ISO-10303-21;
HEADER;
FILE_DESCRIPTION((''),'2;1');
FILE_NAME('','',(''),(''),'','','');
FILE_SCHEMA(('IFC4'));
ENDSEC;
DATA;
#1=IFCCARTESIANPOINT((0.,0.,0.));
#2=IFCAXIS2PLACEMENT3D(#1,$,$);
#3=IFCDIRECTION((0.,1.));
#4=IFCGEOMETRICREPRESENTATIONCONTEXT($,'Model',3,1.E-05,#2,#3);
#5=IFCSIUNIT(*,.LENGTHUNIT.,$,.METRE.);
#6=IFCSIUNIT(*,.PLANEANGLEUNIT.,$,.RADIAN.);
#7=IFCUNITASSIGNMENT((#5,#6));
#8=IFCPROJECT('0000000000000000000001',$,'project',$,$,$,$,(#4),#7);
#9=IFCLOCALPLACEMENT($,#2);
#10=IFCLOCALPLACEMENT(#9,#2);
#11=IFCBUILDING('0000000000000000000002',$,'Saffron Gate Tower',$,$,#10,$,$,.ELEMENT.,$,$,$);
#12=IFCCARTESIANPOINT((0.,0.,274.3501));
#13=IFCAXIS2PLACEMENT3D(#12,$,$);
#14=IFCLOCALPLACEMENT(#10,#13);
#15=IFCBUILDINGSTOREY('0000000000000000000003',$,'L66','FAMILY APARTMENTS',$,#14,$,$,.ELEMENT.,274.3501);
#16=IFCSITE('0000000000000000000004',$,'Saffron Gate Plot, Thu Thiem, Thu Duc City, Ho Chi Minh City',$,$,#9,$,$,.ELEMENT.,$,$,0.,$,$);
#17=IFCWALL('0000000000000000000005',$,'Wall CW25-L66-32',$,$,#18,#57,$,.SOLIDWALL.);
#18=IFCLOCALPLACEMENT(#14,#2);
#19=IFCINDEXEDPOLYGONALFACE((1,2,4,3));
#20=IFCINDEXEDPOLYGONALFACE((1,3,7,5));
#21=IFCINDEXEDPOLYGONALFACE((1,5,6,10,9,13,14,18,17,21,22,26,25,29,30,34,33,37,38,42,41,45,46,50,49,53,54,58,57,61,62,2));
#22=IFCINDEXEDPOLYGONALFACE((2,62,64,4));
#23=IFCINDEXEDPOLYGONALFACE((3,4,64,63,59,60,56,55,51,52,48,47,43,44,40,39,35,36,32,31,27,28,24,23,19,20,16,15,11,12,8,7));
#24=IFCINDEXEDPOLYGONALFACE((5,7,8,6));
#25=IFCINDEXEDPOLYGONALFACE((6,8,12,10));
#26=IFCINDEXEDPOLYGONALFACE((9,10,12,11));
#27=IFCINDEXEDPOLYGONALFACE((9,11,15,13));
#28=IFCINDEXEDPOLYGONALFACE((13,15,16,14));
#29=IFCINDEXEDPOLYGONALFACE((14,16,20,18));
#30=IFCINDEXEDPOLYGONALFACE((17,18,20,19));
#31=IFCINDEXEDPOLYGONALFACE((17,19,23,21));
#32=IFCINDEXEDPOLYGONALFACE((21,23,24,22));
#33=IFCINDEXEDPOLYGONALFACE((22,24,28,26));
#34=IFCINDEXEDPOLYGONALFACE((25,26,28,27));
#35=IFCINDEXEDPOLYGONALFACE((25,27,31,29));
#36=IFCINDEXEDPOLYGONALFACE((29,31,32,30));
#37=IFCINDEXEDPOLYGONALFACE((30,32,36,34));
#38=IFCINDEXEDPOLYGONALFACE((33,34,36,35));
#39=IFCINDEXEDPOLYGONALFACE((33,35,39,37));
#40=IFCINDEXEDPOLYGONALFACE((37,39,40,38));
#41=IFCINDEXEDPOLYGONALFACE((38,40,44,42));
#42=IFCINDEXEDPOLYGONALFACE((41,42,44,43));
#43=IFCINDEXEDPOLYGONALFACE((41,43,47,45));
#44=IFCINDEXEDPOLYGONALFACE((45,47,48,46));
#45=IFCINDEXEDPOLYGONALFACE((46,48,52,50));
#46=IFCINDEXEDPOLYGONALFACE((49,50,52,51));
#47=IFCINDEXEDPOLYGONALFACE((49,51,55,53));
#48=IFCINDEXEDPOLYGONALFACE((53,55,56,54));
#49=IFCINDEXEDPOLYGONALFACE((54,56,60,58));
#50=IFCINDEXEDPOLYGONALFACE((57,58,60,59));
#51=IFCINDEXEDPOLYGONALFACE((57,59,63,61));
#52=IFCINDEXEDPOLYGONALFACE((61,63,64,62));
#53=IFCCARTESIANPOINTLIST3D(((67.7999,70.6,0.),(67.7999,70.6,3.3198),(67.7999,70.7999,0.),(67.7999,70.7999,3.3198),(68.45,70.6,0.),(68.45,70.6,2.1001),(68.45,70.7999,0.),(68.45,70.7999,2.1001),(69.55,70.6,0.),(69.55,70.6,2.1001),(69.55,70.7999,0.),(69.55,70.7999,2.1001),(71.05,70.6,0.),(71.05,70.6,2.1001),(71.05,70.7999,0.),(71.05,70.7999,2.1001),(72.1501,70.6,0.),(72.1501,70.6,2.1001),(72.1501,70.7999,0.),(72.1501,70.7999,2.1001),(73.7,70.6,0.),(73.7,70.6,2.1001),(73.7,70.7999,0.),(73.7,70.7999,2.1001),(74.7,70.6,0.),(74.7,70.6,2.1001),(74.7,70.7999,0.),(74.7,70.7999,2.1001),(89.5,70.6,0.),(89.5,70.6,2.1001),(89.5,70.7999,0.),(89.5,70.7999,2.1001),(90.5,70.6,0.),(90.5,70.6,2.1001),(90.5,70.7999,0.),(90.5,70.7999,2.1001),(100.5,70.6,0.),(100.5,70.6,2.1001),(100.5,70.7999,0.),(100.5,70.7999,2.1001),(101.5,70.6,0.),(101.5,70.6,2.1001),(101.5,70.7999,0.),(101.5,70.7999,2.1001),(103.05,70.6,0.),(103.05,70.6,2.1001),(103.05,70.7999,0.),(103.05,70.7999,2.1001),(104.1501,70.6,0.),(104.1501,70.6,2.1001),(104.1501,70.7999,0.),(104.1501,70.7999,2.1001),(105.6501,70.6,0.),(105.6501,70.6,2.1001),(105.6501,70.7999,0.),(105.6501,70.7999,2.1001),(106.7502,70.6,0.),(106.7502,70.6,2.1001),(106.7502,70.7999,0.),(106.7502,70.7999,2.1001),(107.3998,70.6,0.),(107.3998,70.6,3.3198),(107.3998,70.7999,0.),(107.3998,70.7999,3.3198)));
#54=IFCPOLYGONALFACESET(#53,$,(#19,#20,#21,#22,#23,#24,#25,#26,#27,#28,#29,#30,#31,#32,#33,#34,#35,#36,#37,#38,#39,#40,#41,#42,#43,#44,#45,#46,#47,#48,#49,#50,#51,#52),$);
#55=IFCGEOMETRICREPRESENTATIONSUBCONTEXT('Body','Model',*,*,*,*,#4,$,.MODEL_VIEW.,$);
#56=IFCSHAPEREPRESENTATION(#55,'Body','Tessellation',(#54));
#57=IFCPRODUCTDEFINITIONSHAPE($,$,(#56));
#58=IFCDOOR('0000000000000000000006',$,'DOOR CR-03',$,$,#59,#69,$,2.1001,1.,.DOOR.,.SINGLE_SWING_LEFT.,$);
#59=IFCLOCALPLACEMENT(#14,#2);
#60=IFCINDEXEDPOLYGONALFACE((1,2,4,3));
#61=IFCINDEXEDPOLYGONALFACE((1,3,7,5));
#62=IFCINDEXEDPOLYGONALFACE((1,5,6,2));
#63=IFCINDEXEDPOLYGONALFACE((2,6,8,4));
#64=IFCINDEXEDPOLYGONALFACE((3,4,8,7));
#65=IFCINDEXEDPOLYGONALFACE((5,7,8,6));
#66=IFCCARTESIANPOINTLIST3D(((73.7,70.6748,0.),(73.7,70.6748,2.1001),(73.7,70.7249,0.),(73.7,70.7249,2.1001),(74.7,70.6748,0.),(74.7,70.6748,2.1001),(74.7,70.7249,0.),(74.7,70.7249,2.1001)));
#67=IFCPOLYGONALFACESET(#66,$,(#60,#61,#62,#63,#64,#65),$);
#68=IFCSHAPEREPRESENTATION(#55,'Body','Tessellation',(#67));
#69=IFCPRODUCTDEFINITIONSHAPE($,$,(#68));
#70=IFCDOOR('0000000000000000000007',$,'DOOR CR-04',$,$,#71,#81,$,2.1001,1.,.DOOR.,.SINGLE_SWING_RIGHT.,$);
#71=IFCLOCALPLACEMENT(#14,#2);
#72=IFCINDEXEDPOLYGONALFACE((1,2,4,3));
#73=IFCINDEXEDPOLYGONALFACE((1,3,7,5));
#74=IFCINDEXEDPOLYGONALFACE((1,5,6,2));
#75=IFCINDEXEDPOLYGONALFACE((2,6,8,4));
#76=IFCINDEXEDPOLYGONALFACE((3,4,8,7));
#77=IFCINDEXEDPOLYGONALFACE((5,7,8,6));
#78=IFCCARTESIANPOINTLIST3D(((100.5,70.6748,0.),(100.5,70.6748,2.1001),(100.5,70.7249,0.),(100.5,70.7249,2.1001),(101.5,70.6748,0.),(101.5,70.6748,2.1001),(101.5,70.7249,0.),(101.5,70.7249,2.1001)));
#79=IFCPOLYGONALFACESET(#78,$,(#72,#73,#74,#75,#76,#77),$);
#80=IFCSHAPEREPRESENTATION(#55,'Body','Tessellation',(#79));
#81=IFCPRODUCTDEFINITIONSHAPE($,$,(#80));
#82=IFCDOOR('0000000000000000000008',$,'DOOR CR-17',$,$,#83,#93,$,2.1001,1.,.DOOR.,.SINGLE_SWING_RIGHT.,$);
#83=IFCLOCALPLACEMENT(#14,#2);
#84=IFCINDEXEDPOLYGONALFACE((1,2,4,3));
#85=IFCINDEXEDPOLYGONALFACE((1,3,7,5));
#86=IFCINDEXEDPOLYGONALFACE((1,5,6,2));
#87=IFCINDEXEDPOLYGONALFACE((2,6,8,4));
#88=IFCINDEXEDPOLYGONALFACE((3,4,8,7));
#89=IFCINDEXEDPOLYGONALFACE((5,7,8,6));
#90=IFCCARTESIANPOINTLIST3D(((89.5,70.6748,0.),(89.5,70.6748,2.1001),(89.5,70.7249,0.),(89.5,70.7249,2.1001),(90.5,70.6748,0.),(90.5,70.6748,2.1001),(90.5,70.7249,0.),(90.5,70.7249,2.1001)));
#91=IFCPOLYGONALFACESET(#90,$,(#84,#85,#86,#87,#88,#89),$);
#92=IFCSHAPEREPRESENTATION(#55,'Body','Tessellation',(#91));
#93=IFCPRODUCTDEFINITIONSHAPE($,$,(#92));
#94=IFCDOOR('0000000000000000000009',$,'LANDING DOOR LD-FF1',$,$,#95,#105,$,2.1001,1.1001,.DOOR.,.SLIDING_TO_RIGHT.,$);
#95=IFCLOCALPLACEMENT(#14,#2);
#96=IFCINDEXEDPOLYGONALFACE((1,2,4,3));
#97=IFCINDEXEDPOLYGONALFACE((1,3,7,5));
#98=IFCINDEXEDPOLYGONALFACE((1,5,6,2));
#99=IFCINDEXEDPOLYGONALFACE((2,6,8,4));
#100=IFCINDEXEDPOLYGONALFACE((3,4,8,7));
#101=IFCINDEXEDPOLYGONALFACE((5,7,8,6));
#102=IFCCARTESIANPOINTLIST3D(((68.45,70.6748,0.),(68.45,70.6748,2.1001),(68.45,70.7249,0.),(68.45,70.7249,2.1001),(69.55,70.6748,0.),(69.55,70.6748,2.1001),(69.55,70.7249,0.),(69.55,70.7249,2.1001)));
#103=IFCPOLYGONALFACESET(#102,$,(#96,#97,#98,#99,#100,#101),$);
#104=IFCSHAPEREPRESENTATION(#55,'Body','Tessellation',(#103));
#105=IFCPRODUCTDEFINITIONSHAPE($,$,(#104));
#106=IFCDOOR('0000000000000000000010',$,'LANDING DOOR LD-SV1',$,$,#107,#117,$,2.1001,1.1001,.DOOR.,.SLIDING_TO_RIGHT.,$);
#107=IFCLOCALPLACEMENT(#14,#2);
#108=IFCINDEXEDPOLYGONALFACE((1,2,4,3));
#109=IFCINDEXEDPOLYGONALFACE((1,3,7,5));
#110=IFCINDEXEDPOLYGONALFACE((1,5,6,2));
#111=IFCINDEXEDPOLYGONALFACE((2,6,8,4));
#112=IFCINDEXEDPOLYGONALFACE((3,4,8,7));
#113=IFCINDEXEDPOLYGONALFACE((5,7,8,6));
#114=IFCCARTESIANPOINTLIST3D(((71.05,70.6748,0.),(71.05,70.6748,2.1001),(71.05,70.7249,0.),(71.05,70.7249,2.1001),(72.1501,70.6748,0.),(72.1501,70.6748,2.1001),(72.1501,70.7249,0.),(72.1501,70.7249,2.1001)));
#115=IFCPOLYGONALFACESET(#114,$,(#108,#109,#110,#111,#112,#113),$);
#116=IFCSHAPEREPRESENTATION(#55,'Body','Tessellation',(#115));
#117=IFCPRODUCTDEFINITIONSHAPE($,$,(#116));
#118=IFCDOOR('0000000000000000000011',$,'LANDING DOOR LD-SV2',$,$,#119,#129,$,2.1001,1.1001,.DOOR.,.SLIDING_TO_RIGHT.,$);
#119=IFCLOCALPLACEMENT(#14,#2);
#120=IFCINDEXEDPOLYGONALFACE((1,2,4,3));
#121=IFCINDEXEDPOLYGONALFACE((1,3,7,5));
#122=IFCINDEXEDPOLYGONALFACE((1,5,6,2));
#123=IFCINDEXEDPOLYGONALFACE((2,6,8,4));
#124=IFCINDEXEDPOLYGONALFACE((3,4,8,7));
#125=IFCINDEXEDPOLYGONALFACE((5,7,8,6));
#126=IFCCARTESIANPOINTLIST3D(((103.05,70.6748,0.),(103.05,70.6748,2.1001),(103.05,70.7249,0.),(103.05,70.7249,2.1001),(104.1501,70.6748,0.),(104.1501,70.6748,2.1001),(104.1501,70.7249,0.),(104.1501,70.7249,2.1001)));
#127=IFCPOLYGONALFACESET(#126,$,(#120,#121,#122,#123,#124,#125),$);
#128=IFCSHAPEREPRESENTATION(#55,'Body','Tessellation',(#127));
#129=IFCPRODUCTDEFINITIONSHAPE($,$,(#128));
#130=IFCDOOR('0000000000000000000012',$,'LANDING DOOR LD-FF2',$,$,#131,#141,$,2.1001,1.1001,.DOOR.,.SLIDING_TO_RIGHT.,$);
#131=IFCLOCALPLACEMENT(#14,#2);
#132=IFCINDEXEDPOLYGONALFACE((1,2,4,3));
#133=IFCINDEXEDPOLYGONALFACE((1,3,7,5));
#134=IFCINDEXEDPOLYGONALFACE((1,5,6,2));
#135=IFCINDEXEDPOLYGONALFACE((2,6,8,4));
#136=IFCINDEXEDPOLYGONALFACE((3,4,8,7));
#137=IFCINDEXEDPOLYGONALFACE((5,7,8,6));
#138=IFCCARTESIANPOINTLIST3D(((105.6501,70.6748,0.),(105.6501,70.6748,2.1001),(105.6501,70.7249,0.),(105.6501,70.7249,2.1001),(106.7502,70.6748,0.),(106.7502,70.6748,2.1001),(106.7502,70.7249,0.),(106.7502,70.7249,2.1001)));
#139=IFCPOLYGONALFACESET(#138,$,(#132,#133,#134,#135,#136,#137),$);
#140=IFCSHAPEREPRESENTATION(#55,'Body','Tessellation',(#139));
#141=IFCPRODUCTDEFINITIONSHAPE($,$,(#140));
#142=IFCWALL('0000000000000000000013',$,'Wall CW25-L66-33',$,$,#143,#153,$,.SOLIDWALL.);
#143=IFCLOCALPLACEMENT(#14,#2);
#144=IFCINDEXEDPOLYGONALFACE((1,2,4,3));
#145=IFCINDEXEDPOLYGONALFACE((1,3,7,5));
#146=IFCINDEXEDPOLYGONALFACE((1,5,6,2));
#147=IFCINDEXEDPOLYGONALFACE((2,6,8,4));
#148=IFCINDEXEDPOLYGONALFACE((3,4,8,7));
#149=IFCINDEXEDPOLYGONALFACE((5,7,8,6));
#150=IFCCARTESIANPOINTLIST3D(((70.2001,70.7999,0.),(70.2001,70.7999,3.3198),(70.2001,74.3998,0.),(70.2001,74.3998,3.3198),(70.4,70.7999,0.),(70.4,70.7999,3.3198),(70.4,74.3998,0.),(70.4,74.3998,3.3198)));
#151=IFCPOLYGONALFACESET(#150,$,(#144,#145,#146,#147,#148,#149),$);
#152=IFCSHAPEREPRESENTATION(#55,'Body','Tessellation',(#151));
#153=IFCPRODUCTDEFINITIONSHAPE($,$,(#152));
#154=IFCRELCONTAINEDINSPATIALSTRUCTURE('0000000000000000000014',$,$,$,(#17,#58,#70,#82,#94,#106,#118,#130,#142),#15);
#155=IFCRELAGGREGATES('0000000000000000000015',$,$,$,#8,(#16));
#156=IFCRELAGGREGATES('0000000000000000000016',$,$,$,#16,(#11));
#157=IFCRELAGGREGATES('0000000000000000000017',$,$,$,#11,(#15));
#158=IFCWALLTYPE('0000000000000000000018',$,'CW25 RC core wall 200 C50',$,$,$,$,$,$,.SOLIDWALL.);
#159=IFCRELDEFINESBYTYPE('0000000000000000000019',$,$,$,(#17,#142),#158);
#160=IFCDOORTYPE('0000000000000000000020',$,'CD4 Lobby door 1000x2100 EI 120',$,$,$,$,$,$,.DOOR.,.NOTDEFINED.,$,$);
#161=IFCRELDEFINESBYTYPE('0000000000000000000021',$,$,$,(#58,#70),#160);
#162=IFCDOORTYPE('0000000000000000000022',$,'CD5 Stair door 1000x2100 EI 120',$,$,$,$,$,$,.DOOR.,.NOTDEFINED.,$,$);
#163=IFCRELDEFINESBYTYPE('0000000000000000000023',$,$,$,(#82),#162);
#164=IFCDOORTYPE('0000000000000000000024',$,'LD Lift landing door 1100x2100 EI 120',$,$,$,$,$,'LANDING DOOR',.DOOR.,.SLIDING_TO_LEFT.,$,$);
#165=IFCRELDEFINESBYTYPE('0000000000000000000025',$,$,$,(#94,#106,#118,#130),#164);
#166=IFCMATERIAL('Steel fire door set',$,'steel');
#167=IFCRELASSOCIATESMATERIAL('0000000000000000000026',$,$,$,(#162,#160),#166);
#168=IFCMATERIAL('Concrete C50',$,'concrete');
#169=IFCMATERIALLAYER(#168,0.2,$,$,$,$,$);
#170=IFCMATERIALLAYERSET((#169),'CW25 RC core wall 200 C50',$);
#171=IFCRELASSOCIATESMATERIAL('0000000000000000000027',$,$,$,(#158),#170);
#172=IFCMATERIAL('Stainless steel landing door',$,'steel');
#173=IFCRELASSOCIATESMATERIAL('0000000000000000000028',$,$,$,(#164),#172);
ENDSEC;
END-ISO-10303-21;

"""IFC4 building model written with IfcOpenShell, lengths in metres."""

from ifc_helpers import new_model, si_unit, direction, frame, frame_2d, origin, place, context, subcontext, project, spatial, rectangle, extrude, material, layer, layer_set, type_object, element, fill, save


model = new_model("IFC4")

# Units and contexts
model_context = context("Model", 3, precision=1e-05, world=origin(), true_north=direction((0.0, 1.0)))
body_context = subcontext(model_context, "Body", "Model", "MODEL_VIEW")
ifc_project = project(units=[si_unit("LENGTHUNIT", "METRE"), si_unit("PLANEANGLEUNIT", "RADIAN")], contexts=[model_context])

# Site, building, storey
site_placement = place(None, origin())
site = spatial("IfcSite", under=ifc_project, at=site_placement, Name="Saffron Gate Plot, Thu Thiem, Thu Duc City, Ho Chi Minh City", CompositionType="ELEMENT", RefElevation=0.0)
building_placement = place(site_placement, origin())
building = spatial("IfcBuilding", under=site, at=building_placement, Name="Saffron Gate Tower", CompositionType="ELEMENT")
storey_placement = place(building_placement, frame((0.0, 0.0, 274.3501)))
storey = spatial("IfcBuildingStorey", under=building, at=storey_placement, Name="L66", Description="FAMILY APARTMENTS", CompositionType="ELEMENT", Elevation=274.3501)

# Shared definitions
ifc_material_1 = material(Name="Concrete C50", Category="concrete")

# Wall, openings, doors
ifc_material_2 = material(Name="Steel fire door set", Category="steel")
door_type_1 = type_object("IfcDoorType", Name="CD5 Stair door 1000x2100 EI 120", OperationType="NOTDEFINED", PredefinedType="DOOR", material=ifc_material_2)
ifc_layer_1 = layer(ifc_material_1, 0.2)
ifc_layer_set_1 = layer_set([ifc_layer_1], Name="CW25 RC core wall 200 C50")
wall_type_1 = type_object("IfcWallType", Name="CW25 RC core wall 200 C50", PredefinedType="SOLIDWALL", material=ifc_layer_set_1)
wall_1_placement = place(storey_placement, frame((67.8, 70.7, 0.0), z_axis=(0.0, 0.0, 1.0), x_axis=(1.0, 0.0, 0.0)))
wall_1 = element("IfcWall", 1, at=wall_1_placement, inside=storey, type_object=wall_type_1, Name="Wall CW25-L66-32", PredefinedType="SOLIDWALL", context=body_context, shape_type="SweptSolid", body=[
    extrude(rectangle(XDim=39.5999, YDim=0.2, at=frame_2d((19.7998, 0.0))), origin(), (0.0, 0.0, 1.0), 3.3198),
])
opening_1_placement = place(wall_1_placement, frame((0.6499, 0.0, 0.0)))
opening_1 = element("IfcOpeningElement", 2, at=opening_1_placement, cuts=wall_1, PredefinedType="OPENING", context=body_context, shape_type="SweptSolid", body=[
    extrude(rectangle(XDim=1.1001, YDim=2.1001, at=frame_2d((0.55, 1.05))), frame((0.0, 0.1099, 0.0), z_axis=(0.0, -1.0, 0.0), x_axis=(1.0, 0.0, 0.0)), (0.0, 0.0, 1.0), 0.22),
])
opening_2_placement = place(wall_1_placement, frame((3.25, 0.0, 0.0)))
opening_2 = element("IfcOpeningElement", 3, at=opening_2_placement, cuts=wall_1, PredefinedType="OPENING", context=body_context, shape_type="SweptSolid", body=[
    extrude(rectangle(XDim=1.1001, YDim=2.1001, at=frame_2d((0.55, 1.05))), frame((0.0, 0.1099, 0.0), z_axis=(0.0, -1.0, 0.0), x_axis=(1.0, 0.0, 0.0)), (0.0, 0.0, 1.0), 0.22),
])
opening_3_placement = place(wall_1_placement, frame((5.8999, 0.0, 0.0)))
opening_3 = element("IfcOpeningElement", 4, at=opening_3_placement, cuts=wall_1, PredefinedType="OPENING", context=body_context, shape_type="SweptSolid", body=[
    extrude(rectangle(XDim=1.0, YDim=2.1001, at=frame_2d((0.5, 1.05))), frame((0.0, 0.1099, 0.0), z_axis=(0.0, -1.0, 0.0), x_axis=(1.0, 0.0, 0.0)), (0.0, 0.0, 1.0), 0.22),
])
opening_4_placement = place(wall_1_placement, frame((21.7, 0.0, 0.0)))
opening_4 = element("IfcOpeningElement", 5, at=opening_4_placement, cuts=wall_1, PredefinedType="OPENING", context=body_context, shape_type="SweptSolid", body=[
    extrude(rectangle(XDim=1.0, YDim=2.1001, at=frame_2d((0.5, 1.05))), frame((0.0, 0.1099, 0.0), z_axis=(0.0, -1.0, 0.0), x_axis=(1.0, 0.0, 0.0)), (0.0, 0.0, 1.0), 0.22),
])
opening_5_placement = place(wall_1_placement, frame((32.7, 0.0, 0.0)))
opening_5 = element("IfcOpeningElement", 6, at=opening_5_placement, cuts=wall_1, PredefinedType="OPENING", context=body_context, shape_type="SweptSolid", body=[
    extrude(rectangle(XDim=1.0, YDim=2.1001, at=frame_2d((0.5, 1.05))), frame((0.0, 0.1099, 0.0), z_axis=(0.0, -1.0, 0.0), x_axis=(1.0, 0.0, 0.0)), (0.0, 0.0, 1.0), 0.22),
])
opening_6_placement = place(wall_1_placement, frame((35.25, 0.0, 0.0)))
opening_6 = element("IfcOpeningElement", 7, at=opening_6_placement, cuts=wall_1, PredefinedType="OPENING", context=body_context, shape_type="SweptSolid", body=[
    extrude(rectangle(XDim=1.1001, YDim=2.1001, at=frame_2d((0.55, 1.05))), frame((0.0, 0.1099, 0.0), z_axis=(0.0, -1.0, 0.0), x_axis=(1.0, 0.0, 0.0)), (0.0, 0.0, 1.0), 0.22),
])
opening_7_placement = place(wall_1_placement, frame((37.8501, 0.0, 0.0)))
opening_7 = element("IfcOpeningElement", 8, at=opening_7_placement, cuts=wall_1, PredefinedType="OPENING", context=body_context, shape_type="SweptSolid", body=[
    extrude(rectangle(XDim=1.1001, YDim=2.1001, at=frame_2d((0.55, 1.05))), frame((0.0, 0.1099, 0.0), z_axis=(0.0, -1.0, 0.0), x_axis=(1.0, 0.0, 0.0)), (0.0, 0.0, 1.0), 0.22),
])
door_type_2 = type_object("IfcDoorType", Name="CD4 Lobby door 1000x2100 EI 120", OperationType="NOTDEFINED", PredefinedType="DOOR", material=ifc_material_2)
door_1_placement = place(opening_3_placement, origin())
door_1 = element("IfcDoor", 9, at=door_1_placement, inside=storey, type_object=door_type_2, Name="DOOR CR-03", OperationType="SINGLE_SWING_LEFT", OverallHeight=2.1001, OverallWidth=1.0, PredefinedType="DOOR", context=body_context, shape_type="SweptSolid", body=[
    extrude(rectangle(XDim=1.0, YDim=2.1001, at=frame_2d((0.5, 1.05))), frame((0.0, 0.0249, 0.0), z_axis=(0.0, -1.0, 0.0), x_axis=(1.0, 0.0, 0.0)), (0.0, 0.0, 1.0), 0.05),
])
fill(opening_3, door_1)
door_2_placement = place(opening_5_placement, origin())
door_2 = element("IfcDoor", 10, at=door_2_placement, inside=storey, type_object=door_type_2, Name="DOOR CR-04", OperationType="SINGLE_SWING_RIGHT", OverallHeight=2.1001, OverallWidth=1.0, PredefinedType="DOOR", context=body_context, shape_type="SweptSolid", body=[
    extrude(rectangle(XDim=1.0, YDim=2.1001, at=frame_2d((0.5, 1.05))), frame((0.0, 0.0249, 0.0), z_axis=(0.0, -1.0, 0.0), x_axis=(1.0, 0.0, 0.0)), (0.0, 0.0, 1.0), 0.05),
])
fill(opening_5, door_2)
door_3_placement = place(opening_4_placement, origin())
door_3 = element("IfcDoor", 11, at=door_3_placement, inside=storey, type_object=door_type_1, Name="DOOR CR-17", OperationType="SINGLE_SWING_RIGHT", OverallHeight=2.1001, OverallWidth=1.0, PredefinedType="DOOR", context=body_context, shape_type="SweptSolid", body=[
    extrude(rectangle(XDim=1.0, YDim=2.1001, at=frame_2d((0.5, 1.05))), frame((0.0, 0.0249, 0.0), z_axis=(0.0, -1.0, 0.0), x_axis=(1.0, 0.0, 0.0)), (0.0, 0.0, 1.0), 0.05),
])
fill(opening_4, door_3)
ifc_material_3 = material(Name="Stainless steel landing door", Category="steel")
door_type_3 = type_object("IfcDoorType", Name="LD Lift landing door 1100x2100 EI 120", ElementType="LANDING DOOR", OperationType="SLIDING_TO_LEFT", PredefinedType="DOOR", material=ifc_material_3)
door_4_placement = place(opening_1_placement, origin())
door_4 = element("IfcDoor", 12, at=door_4_placement, inside=storey, type_object=door_type_3, Name="LANDING DOOR LD-FF1", OperationType="SLIDING_TO_RIGHT", OverallHeight=2.1001, OverallWidth=1.1001, PredefinedType="DOOR", context=body_context, shape_type="SweptSolid", body=[
    extrude(rectangle(XDim=1.1001, YDim=2.1001, at=frame_2d((0.55, 1.05))), frame((0.0, 0.0249, 0.0), z_axis=(0.0, -1.0, 0.0), x_axis=(1.0, 0.0, 0.0)), (0.0, 0.0, 1.0), 0.05),
])
fill(opening_1, door_4)
door_5_placement = place(opening_2_placement, origin())
door_5 = element("IfcDoor", 13, at=door_5_placement, inside=storey, type_object=door_type_3, Name="LANDING DOOR LD-SV1", OperationType="SLIDING_TO_RIGHT", OverallHeight=2.1001, OverallWidth=1.1001, PredefinedType="DOOR", context=body_context, shape_type="SweptSolid", body=[
    extrude(rectangle(XDim=1.1001, YDim=2.1001, at=frame_2d((0.55, 1.05))), frame((0.0, 0.0249, 0.0), z_axis=(0.0, -1.0, 0.0), x_axis=(1.0, 0.0, 0.0)), (0.0, 0.0, 1.0), 0.05),
])
fill(opening_2, door_5)
door_6_placement = place(opening_6_placement, origin())
door_6 = element("IfcDoor", 14, at=door_6_placement, inside=storey, type_object=door_type_3, Name="LANDING DOOR LD-SV2", OperationType="SLIDING_TO_RIGHT", OverallHeight=2.1001, OverallWidth=1.1001, PredefinedType="DOOR", context=body_context, shape_type="SweptSolid", body=[
    extrude(rectangle(XDim=1.1001, YDim=2.1001, at=frame_2d((0.55, 1.05))), frame((0.0, 0.0249, 0.0), z_axis=(0.0, -1.0, 0.0), x_axis=(1.0, 0.0, 0.0)), (0.0, 0.0, 1.0), 0.05),
])
fill(opening_6, door_6)
door_7_placement = place(opening_7_placement, origin())
door_7 = element("IfcDoor", 15, at=door_7_placement, inside=storey, type_object=door_type_3, Name="LANDING DOOR LD-FF2", OperationType="SLIDING_TO_RIGHT", OverallHeight=2.1001, OverallWidth=1.1001, PredefinedType="DOOR", context=body_context, shape_type="SweptSolid", body=[
    extrude(rectangle(XDim=1.1001, YDim=2.1001, at=frame_2d((0.55, 1.05))), frame((0.0, 0.0249, 0.0), z_axis=(0.0, -1.0, 0.0), x_axis=(1.0, 0.0, 0.0)), (0.0, 0.0, 1.0), 0.05),
])
fill(opening_7, door_7)

# Wall
wall_2_placement = place(storey_placement, frame((70.3, 70.8, 0.0), z_axis=(0.0, 0.0, 1.0), x_axis=(0.0, 1.0, 0.0)))
element("IfcWall", 16, at=wall_2_placement, inside=storey, type_object=wall_type_1, Name="Wall CW25-L66-33", PredefinedType="SOLIDWALL", context=body_context, shape_type="SweptSolid", body=[
    extrude(rectangle(XDim=3.5999, YDim=0.2, at=frame_2d((1.7998, 0.0))), origin(), (0.0, 0.0, 1.0), 3.3198),
])

save(model, "model.ifc")
